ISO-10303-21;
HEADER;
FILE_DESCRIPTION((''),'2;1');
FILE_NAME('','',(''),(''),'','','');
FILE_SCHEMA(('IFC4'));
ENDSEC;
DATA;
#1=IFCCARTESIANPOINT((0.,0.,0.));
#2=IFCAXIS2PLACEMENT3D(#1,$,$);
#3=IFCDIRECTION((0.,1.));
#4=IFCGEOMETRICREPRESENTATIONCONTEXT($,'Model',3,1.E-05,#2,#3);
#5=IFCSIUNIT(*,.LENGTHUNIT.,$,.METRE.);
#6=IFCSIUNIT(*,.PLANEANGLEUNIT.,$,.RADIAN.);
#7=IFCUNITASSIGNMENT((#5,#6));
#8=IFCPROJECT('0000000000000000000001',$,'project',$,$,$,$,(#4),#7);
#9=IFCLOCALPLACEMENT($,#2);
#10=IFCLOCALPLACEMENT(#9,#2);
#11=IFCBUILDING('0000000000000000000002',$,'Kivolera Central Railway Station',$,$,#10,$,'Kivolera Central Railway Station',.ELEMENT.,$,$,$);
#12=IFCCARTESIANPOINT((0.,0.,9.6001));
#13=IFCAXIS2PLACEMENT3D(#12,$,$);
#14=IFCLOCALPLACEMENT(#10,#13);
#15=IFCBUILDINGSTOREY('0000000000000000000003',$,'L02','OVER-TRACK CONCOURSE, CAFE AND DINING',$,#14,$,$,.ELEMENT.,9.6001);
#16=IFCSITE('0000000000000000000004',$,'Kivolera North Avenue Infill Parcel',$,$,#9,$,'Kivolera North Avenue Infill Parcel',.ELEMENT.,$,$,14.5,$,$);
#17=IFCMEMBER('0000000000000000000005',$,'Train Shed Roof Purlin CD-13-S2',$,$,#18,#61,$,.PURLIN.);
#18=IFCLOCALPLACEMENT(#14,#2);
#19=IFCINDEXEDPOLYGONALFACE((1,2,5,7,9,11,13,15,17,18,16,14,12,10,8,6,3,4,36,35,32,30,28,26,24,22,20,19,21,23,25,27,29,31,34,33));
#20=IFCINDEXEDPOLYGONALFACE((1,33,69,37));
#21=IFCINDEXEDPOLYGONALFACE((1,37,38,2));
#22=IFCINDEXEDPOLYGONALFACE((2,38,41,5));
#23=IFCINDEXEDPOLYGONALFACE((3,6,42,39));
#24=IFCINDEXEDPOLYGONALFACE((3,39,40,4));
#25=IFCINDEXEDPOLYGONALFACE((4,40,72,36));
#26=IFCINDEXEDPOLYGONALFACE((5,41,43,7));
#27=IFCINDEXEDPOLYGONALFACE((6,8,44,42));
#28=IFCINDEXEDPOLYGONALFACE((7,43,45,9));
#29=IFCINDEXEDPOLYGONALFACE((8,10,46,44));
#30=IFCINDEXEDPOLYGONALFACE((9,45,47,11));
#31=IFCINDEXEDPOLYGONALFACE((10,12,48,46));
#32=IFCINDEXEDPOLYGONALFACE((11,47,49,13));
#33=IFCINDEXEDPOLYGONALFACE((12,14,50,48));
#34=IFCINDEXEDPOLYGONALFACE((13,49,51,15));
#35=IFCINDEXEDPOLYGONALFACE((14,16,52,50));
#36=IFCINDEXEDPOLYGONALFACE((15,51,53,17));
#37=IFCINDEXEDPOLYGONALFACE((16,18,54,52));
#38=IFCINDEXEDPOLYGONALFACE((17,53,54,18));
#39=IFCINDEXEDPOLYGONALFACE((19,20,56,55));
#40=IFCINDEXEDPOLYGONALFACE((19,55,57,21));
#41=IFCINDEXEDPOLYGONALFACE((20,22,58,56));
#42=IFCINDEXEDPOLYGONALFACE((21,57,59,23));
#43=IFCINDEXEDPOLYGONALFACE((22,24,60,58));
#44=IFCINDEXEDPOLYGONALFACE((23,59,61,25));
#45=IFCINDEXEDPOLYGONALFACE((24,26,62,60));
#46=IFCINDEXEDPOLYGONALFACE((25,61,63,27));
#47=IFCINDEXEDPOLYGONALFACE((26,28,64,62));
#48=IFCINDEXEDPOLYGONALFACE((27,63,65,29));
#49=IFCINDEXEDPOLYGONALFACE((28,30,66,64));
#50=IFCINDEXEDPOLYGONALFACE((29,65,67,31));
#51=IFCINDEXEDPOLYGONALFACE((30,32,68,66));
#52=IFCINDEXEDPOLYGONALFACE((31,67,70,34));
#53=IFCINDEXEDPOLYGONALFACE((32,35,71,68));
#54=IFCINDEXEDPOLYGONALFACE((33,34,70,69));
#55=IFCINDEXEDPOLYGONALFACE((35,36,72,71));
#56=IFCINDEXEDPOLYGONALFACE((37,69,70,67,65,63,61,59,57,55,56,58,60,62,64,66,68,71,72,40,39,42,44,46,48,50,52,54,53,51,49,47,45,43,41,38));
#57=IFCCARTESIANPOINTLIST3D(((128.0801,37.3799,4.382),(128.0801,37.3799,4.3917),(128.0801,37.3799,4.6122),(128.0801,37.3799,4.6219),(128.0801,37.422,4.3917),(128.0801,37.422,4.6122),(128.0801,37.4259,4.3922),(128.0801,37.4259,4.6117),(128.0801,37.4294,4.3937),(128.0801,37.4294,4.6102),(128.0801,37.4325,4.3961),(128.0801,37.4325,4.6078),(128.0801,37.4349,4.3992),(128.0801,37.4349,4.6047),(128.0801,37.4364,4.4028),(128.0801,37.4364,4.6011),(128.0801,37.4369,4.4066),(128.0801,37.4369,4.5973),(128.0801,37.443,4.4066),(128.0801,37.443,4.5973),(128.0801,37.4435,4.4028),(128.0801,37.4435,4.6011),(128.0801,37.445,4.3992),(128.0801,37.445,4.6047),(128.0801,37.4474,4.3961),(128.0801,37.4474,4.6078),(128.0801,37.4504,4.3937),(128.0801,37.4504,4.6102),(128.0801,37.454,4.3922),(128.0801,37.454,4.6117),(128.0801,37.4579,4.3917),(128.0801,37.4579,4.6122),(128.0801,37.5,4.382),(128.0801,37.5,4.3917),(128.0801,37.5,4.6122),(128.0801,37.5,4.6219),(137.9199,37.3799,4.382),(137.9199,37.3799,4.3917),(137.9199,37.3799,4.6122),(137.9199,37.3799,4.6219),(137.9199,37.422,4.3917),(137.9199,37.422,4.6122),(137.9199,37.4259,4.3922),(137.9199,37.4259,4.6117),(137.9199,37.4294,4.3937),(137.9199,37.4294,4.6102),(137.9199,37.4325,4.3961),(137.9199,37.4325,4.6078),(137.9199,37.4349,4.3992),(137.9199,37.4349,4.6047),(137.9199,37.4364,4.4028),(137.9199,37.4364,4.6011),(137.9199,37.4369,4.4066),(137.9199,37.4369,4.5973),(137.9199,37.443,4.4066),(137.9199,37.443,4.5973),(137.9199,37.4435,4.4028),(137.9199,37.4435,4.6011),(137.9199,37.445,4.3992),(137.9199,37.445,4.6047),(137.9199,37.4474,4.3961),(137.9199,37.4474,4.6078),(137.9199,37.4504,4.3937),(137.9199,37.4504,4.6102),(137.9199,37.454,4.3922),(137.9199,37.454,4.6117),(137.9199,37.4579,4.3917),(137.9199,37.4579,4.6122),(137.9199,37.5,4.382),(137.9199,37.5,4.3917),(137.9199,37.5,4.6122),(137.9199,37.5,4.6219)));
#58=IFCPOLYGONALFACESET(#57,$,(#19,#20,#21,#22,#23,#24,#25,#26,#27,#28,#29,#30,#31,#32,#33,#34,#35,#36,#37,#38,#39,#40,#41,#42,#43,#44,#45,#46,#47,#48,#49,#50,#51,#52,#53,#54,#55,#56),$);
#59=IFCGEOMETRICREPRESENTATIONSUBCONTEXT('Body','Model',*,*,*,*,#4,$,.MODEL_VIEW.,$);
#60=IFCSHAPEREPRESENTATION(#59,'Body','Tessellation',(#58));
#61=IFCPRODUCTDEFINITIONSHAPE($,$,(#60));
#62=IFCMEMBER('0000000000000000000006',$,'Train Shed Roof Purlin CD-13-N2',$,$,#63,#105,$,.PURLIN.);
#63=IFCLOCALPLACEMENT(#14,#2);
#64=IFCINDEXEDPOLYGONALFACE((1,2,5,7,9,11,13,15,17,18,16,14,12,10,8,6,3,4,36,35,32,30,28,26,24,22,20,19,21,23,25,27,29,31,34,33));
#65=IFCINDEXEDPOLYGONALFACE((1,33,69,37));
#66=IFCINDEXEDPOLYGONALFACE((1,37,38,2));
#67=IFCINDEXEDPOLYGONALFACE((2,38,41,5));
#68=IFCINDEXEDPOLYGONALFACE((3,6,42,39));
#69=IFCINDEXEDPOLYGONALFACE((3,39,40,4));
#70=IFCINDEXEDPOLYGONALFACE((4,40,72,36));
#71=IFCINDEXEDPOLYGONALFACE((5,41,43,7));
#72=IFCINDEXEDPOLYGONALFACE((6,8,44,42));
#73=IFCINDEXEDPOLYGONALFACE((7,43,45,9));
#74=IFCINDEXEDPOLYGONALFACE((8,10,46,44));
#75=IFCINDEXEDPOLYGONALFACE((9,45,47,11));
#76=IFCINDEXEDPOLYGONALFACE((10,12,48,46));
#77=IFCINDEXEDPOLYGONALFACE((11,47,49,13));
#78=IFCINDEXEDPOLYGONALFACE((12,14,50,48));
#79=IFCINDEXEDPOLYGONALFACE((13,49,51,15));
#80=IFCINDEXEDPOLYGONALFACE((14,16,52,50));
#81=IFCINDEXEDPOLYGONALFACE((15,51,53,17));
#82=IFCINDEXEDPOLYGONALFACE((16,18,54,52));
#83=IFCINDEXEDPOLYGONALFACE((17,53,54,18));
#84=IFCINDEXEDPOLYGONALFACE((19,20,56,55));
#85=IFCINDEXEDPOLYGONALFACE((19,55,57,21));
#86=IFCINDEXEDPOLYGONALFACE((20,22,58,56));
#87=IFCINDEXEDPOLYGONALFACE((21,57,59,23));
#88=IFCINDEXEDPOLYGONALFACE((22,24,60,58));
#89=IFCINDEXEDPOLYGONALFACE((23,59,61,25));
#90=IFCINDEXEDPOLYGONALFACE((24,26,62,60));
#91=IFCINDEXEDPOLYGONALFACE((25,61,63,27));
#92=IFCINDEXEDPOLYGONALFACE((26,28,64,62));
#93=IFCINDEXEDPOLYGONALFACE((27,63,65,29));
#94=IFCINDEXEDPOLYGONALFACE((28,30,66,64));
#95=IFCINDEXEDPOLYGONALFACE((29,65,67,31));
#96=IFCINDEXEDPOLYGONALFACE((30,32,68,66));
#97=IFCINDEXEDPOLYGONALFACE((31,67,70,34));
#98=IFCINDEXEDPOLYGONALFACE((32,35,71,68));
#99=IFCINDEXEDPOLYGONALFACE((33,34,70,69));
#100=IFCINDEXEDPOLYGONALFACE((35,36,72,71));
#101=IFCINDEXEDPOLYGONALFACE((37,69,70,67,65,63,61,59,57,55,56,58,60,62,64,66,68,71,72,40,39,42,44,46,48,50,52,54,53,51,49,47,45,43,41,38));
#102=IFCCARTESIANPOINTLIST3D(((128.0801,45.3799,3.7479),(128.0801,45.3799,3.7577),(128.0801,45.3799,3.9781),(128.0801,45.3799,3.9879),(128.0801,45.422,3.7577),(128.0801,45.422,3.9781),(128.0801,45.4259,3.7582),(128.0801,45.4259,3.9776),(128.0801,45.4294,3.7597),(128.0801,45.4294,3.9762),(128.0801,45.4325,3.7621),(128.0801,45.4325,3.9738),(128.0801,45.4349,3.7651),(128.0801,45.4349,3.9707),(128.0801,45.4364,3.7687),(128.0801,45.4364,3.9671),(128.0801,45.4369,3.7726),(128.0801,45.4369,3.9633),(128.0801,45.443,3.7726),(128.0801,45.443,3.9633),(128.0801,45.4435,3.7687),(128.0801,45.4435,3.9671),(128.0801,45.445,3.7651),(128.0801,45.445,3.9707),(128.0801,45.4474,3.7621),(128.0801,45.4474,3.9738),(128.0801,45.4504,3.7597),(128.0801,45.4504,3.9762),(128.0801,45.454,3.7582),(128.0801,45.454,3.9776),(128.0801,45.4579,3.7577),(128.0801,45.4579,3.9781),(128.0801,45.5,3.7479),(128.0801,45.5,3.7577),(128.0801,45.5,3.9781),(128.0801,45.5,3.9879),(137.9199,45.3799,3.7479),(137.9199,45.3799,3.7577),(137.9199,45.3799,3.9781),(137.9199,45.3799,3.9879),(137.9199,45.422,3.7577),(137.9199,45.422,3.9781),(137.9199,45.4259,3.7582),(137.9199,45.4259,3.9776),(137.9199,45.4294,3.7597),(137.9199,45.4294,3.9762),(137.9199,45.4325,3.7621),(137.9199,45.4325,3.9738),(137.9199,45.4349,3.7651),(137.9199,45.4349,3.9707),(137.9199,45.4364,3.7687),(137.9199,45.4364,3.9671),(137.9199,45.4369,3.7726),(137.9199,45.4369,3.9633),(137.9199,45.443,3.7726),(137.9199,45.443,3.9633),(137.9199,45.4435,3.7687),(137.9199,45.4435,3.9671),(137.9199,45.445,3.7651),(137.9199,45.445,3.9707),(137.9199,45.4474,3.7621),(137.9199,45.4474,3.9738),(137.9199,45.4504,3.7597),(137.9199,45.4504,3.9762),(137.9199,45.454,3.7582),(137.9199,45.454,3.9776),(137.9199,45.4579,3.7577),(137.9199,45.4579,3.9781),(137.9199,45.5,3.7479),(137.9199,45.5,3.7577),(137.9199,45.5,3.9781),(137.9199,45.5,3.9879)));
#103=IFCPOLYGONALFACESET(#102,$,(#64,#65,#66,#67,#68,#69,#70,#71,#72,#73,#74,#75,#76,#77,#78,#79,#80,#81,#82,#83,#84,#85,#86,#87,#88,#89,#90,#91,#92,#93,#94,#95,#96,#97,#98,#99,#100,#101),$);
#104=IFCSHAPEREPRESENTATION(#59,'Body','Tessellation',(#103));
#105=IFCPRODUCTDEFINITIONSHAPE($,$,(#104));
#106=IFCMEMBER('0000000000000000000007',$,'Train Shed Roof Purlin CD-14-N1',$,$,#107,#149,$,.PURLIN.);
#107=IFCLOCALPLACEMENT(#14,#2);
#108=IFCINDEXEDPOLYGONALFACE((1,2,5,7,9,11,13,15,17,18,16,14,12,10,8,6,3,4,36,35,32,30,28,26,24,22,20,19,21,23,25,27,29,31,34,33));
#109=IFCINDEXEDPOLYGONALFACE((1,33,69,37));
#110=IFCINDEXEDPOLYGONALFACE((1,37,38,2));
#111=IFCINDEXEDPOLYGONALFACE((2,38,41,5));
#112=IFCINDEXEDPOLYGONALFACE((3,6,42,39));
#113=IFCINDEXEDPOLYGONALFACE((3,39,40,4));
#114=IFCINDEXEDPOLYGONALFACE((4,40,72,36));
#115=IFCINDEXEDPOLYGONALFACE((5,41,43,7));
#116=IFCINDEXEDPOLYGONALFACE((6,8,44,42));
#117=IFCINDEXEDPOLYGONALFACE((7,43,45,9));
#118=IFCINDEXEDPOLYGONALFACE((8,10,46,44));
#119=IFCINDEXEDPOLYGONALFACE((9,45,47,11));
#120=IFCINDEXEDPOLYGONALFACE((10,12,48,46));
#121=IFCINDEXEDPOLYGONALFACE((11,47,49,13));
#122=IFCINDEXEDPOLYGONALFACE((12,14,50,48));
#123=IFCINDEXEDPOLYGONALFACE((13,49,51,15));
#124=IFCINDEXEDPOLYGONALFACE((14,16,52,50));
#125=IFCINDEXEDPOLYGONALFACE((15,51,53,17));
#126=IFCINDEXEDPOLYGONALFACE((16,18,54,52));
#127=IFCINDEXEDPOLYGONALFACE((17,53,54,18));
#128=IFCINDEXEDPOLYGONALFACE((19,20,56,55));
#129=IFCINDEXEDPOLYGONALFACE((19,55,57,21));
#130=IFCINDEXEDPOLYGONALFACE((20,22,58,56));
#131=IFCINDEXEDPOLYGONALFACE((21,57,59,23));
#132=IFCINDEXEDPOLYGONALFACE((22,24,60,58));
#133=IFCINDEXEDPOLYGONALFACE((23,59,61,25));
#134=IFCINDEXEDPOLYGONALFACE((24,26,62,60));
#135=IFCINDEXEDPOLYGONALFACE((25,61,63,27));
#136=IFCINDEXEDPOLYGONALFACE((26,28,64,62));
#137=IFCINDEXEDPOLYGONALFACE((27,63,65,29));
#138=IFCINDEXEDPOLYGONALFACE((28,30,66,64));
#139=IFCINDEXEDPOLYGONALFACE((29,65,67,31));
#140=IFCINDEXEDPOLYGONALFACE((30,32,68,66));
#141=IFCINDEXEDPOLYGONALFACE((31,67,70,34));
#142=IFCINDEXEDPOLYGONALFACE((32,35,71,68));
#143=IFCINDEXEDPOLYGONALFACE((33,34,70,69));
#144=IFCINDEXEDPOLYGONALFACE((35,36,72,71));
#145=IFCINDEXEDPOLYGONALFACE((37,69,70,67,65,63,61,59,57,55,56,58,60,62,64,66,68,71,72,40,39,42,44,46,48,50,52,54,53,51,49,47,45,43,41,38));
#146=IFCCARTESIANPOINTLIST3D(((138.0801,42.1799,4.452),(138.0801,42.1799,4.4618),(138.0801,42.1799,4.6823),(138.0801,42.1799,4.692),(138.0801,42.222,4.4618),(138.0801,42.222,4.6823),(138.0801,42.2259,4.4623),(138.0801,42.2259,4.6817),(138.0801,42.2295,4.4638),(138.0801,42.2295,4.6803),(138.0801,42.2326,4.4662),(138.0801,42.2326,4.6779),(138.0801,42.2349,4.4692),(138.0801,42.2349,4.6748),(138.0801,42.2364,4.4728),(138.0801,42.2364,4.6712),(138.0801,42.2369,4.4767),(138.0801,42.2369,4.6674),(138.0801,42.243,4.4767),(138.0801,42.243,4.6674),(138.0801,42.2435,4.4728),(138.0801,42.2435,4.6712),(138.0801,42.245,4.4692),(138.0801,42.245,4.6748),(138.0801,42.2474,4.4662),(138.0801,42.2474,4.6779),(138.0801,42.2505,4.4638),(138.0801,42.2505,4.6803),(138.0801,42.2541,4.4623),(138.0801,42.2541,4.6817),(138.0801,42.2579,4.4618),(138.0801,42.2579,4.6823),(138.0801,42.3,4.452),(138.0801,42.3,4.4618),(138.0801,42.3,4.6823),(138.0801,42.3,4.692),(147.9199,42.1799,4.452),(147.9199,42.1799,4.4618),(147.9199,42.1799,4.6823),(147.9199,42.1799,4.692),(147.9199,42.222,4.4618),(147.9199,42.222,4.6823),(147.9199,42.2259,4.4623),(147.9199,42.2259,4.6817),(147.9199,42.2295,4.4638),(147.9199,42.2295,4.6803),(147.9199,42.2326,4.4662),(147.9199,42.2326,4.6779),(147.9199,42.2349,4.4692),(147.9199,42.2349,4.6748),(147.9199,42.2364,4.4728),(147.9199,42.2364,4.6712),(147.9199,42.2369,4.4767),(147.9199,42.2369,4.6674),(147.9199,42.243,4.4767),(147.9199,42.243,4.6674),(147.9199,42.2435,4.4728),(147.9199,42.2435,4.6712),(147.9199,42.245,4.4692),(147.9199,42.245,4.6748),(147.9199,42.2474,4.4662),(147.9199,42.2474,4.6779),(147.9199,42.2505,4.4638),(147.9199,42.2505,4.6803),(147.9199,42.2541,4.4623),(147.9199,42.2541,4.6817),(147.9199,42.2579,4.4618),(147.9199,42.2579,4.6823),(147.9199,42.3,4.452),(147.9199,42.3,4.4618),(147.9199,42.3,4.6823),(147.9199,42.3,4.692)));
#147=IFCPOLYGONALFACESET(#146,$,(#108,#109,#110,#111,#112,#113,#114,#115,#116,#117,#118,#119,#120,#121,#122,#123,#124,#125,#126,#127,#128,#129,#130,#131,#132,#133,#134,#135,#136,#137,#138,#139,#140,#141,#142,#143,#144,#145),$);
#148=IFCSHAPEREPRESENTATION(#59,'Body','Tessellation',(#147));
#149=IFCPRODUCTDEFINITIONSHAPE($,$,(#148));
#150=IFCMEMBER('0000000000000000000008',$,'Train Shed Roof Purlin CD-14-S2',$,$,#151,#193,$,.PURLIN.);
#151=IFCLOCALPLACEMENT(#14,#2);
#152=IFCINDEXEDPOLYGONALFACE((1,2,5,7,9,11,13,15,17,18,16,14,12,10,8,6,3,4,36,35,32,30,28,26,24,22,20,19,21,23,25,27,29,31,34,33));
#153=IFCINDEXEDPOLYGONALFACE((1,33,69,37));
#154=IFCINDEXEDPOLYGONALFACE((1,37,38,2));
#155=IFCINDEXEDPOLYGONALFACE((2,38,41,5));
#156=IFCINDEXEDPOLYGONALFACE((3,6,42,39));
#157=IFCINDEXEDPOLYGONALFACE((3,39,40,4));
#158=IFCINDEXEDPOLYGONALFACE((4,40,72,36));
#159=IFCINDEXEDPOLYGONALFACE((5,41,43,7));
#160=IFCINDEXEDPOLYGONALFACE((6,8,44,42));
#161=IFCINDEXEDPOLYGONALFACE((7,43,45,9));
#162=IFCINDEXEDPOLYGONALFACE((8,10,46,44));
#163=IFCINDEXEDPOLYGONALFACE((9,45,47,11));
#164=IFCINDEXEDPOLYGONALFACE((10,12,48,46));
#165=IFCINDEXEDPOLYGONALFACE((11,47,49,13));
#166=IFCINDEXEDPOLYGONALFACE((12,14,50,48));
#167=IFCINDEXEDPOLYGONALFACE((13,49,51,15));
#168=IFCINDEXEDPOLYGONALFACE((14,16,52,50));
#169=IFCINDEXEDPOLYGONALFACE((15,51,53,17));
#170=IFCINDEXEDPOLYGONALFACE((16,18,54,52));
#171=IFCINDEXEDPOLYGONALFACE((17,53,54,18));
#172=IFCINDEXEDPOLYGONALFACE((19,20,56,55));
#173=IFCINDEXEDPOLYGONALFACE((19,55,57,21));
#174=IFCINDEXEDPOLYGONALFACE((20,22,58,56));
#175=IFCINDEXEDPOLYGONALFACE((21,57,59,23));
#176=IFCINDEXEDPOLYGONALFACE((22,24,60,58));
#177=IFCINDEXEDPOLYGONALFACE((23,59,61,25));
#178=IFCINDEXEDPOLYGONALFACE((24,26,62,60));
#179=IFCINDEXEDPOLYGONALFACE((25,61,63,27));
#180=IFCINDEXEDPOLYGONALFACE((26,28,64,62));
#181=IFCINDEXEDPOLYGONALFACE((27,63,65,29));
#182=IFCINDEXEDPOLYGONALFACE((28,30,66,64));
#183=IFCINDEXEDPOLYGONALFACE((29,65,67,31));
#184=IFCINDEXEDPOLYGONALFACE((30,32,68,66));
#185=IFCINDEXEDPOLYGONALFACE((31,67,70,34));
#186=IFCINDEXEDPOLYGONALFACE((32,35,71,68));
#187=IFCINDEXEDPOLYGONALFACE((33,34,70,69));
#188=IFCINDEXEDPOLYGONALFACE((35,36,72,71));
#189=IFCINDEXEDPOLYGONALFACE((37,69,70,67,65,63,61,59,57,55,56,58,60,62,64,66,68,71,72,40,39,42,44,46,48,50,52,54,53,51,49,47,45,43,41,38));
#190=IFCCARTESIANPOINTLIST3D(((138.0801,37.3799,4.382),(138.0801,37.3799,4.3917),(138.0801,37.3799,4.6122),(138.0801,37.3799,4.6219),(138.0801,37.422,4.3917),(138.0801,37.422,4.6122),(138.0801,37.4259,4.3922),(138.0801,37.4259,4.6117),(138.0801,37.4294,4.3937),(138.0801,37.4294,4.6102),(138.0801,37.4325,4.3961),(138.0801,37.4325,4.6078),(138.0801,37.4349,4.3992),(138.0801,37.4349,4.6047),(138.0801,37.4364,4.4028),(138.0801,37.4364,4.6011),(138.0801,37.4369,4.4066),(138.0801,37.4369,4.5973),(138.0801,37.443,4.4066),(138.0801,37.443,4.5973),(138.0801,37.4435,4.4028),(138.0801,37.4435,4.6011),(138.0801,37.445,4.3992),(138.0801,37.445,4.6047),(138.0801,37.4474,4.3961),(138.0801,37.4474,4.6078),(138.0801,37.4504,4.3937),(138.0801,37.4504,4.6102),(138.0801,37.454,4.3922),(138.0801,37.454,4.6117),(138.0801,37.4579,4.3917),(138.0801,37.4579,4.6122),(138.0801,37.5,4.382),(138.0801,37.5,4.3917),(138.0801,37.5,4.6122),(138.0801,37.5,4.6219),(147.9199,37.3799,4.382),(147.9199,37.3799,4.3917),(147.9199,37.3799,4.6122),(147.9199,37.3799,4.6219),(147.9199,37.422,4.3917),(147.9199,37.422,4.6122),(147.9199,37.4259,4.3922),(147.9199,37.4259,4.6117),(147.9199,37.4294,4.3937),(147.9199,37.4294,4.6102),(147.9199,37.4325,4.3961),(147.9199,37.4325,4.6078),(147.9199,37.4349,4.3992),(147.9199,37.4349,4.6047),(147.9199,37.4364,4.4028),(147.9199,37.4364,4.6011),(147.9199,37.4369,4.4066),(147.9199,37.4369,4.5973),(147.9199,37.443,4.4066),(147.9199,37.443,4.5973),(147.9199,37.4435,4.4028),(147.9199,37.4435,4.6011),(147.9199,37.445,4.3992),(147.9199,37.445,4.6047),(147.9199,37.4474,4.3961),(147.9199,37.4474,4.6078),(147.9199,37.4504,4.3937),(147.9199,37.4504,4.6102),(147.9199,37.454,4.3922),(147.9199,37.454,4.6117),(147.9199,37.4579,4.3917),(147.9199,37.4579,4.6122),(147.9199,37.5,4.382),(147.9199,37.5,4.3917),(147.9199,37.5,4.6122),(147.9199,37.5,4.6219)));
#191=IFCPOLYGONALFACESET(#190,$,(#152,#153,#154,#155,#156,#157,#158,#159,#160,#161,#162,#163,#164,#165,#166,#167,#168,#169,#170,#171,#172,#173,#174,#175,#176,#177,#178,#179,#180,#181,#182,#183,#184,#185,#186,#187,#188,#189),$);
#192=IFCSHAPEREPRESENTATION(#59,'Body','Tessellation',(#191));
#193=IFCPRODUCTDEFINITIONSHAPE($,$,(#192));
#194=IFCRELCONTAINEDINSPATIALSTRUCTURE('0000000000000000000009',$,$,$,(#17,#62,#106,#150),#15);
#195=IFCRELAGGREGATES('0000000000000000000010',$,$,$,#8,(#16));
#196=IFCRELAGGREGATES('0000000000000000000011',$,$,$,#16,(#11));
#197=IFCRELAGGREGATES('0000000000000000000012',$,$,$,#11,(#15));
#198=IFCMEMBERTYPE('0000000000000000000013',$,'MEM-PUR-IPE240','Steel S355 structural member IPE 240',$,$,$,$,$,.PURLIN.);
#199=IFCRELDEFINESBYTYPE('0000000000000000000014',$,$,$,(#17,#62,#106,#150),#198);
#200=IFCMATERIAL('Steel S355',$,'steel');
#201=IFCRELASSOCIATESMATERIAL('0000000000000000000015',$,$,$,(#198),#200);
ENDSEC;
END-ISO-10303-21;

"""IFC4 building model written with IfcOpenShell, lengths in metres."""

from ifc_helpers import new_model, si_unit, direction, frame, origin, origin_2d, place, context, subcontext, project, spatial, i_section, extrude, material, material_profile, profile_set, type_object, element, save


model = new_model("IFC4")

# Units and contexts
model_context = context("Model", 3, precision=1e-05, world=origin(), true_north=direction((0.0, 1.0)))
body_context = subcontext(model_context, "Body", "Model", "MODEL_VIEW")
ifc_project = project(units=[si_unit("LENGTHUNIT", "METRE"), si_unit("PLANEANGLEUNIT", "RADIAN")], contexts=[model_context])

# Site, building, storey
site_placement = place(None, origin())
site = spatial("IfcSite", under=ifc_project, at=site_placement, Name="Kivolera North Avenue Infill Parcel", LongName="Kivolera North Avenue Infill Parcel", CompositionType="ELEMENT", RefElevation=14.5)
building_placement = place(site_placement, origin())
building = spatial("IfcBuilding", under=site, at=building_placement, Name="Kivolera Central Railway Station", LongName="Kivolera Central Railway Station", CompositionType="ELEMENT")
storey_placement = place(building_placement, frame((0.0, 0.0, 9.6001)))
storey = spatial("IfcBuildingStorey", under=building, at=storey_placement, Name="L02", Description="OVER-TRACK CONCOURSE, CAFE AND DINING", CompositionType="ELEMENT", Elevation=9.6001)

# Shared definitions
ifc_material_1 = material(Name="Steel S355", Category="steel")

# Members
ifc_material_profile_1 = material_profile(ifc_material_1, i_section(OverallWidth=0.1201, OverallDepth=0.24, WebThickness=0.0061, FlangeThickness=0.0098, FilletRadius=0.0149, at=origin_2d()), Name="IPE 240")
ifc_profile_set_1 = profile_set([ifc_material_profile_1], Name="Steel S355")
member_type_1 = type_object("IfcMemberType", Name="MEM-PUR-IPE240", Description="Steel S355 structural member IPE 240", PredefinedType="PURLIN", material=ifc_profile_set_1)
for number, where, z_axis, x_axis, name in (
    (1, (128.0801, 37.4399, 4.502), (1.0, 0.0, 0.0), (0.0, 1.0, 0.0), "Train Shed Roof Purlin CD-13-S2"),
    (2, (128.0801, 45.4399, 3.8679), (1.0, 0.0, 0.0), (0.0, 1.0, 0.0), "Train Shed Roof Purlin CD-13-N2"),
    (3, (138.0801, 42.24, 4.572), (1.0, 0.0, 0.0), (0.0, 1.0, 0.0), "Train Shed Roof Purlin CD-14-N1"),
    (4, (138.0801, 37.4399, 4.502), (1.0, 0.0, 0.0), (0.0, 1.0, 0.0), "Train Shed Roof Purlin CD-14-S2"),
):
    element("IfcMember", number, at=place(storey_placement, frame(where, z_axis=z_axis, x_axis=x_axis)), inside=storey, type_object=member_type_1, Name=name, PredefinedType="PURLIN", context=body_context, shape_type="SweptSolid", body=[
        extrude(i_section(OverallWidth=0.1201, OverallDepth=0.24, WebThickness=0.0061, FlangeThickness=0.0098, FilletRadius=0.0149, at=origin_2d()), origin(), (0.0, 0.0, 1.0), 9.8398),
    ])

save(model, "model.ifc")
